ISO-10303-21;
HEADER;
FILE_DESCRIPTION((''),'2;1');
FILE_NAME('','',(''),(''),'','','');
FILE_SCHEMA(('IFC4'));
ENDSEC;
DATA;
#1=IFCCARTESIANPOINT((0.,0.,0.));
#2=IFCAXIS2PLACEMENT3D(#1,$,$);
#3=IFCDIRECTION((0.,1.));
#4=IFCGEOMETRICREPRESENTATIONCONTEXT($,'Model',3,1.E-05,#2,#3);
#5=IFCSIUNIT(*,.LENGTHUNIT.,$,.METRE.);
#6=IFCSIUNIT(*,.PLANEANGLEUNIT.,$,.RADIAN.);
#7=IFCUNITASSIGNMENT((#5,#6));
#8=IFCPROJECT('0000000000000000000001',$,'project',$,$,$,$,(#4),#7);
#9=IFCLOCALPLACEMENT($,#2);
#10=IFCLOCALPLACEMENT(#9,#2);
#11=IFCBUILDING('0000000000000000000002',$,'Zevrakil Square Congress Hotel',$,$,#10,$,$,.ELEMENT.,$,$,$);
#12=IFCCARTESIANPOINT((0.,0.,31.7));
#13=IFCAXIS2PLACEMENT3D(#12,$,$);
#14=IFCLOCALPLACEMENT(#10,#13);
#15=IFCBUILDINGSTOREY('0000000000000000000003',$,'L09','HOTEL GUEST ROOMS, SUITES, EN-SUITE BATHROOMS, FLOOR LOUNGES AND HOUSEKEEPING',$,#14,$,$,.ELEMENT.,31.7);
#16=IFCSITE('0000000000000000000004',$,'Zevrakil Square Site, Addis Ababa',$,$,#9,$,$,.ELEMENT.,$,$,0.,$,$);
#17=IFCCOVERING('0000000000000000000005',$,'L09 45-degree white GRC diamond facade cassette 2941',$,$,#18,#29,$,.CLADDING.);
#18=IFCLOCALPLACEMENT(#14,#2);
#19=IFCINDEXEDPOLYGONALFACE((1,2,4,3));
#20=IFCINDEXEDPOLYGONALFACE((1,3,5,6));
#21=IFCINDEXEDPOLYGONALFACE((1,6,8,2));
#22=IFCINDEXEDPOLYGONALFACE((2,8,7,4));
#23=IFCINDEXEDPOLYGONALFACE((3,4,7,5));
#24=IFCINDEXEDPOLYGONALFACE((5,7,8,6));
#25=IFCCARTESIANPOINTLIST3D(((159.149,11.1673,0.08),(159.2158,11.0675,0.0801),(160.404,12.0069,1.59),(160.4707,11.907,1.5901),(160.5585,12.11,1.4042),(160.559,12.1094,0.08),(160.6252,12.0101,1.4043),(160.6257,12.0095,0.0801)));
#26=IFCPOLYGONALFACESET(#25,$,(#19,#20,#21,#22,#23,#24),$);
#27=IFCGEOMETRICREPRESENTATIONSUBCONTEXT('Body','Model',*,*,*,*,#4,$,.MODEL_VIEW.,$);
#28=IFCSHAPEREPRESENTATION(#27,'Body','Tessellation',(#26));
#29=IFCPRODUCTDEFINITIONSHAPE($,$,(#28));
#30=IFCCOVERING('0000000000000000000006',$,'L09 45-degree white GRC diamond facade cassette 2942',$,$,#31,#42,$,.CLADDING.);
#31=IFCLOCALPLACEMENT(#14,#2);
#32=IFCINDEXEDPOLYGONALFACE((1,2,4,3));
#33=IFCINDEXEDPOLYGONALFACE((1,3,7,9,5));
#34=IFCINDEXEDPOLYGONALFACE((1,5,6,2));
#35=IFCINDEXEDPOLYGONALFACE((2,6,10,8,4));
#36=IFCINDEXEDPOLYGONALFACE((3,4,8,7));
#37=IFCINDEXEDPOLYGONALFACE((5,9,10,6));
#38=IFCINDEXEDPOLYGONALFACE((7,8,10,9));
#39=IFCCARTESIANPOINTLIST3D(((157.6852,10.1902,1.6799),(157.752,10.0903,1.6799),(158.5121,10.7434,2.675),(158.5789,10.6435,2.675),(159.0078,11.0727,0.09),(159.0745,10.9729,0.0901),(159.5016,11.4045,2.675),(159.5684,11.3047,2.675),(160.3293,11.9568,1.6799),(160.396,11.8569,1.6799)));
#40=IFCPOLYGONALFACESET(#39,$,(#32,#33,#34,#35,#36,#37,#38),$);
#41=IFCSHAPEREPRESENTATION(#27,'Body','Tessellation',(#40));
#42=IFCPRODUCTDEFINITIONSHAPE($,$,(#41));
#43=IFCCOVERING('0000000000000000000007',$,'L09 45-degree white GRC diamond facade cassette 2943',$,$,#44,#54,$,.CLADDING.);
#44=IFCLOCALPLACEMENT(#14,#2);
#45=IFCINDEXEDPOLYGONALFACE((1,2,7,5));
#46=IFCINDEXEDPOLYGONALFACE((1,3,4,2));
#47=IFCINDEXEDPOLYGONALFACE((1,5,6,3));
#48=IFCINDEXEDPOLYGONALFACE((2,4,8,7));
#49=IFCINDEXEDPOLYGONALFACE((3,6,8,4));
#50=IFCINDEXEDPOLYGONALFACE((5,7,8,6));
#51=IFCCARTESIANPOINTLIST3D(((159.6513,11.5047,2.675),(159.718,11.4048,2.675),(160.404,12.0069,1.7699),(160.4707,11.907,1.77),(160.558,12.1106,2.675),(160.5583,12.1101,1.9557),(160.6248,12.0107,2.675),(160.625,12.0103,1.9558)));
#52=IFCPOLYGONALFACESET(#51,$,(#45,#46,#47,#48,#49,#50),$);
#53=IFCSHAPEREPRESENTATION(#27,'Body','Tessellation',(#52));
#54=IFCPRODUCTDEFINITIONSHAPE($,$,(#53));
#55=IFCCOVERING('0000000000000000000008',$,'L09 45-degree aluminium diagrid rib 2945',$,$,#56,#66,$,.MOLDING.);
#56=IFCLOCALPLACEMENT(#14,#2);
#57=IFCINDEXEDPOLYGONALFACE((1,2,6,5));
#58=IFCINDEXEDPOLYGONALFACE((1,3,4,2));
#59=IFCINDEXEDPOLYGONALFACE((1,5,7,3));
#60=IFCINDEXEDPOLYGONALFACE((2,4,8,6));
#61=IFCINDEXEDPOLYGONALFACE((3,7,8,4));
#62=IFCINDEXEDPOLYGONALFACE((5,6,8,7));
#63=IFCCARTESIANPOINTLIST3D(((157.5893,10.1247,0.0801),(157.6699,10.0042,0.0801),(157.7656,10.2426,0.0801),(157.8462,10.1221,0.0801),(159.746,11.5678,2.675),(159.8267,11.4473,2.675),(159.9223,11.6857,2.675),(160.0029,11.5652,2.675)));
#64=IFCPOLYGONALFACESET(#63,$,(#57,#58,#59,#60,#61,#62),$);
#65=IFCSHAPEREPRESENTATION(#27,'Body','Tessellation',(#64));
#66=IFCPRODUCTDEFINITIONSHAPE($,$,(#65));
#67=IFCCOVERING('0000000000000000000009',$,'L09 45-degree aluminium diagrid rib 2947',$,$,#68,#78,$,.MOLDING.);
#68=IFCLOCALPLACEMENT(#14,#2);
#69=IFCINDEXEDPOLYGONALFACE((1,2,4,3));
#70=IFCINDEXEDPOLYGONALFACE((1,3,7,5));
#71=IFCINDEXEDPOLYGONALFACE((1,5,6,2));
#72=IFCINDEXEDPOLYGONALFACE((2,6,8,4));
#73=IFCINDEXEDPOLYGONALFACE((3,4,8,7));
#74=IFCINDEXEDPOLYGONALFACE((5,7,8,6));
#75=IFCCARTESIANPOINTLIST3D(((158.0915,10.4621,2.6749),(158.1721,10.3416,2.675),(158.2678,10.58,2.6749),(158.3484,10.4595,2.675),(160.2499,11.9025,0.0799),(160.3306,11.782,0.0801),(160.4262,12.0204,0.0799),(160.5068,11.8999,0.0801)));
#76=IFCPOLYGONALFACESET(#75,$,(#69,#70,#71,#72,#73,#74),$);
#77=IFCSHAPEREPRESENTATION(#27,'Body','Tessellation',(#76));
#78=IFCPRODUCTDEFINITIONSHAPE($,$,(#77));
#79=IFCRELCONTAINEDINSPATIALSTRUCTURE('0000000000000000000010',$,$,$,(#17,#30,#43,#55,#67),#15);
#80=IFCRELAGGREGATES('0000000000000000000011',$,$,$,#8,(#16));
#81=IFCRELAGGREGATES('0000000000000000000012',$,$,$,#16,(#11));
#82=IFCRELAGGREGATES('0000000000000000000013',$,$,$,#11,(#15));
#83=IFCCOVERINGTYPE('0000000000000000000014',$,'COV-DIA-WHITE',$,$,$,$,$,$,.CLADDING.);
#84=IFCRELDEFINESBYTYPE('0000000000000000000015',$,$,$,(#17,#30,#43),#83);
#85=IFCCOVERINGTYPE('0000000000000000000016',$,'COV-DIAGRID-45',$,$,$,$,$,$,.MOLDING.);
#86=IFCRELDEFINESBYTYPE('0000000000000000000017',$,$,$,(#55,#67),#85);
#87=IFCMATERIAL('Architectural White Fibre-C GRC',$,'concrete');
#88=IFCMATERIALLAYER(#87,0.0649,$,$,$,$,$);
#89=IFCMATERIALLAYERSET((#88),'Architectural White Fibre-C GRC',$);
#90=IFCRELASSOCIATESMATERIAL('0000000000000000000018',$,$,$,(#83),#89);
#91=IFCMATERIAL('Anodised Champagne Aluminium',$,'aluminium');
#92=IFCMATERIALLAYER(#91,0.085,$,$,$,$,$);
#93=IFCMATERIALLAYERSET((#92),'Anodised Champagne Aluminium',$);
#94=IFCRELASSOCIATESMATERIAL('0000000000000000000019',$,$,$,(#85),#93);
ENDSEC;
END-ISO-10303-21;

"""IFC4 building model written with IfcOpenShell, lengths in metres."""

from ifc_helpers import new_model, si_unit, direction, frame, origin, place, context, subcontext, project, spatial, polyline, outline, extrude, material, layer, layer_set, type_object, element, save


model = new_model("IFC4")

# Units and contexts
model_context = context("Model", 3, precision=1e-05, world=origin(), true_north=direction((0.0, 1.0)))
body_context = subcontext(model_context, "Body", "Model", "MODEL_VIEW")
ifc_project = project(units=[si_unit("LENGTHUNIT", "METRE"), si_unit("PLANEANGLEUNIT", "RADIAN")], contexts=[model_context])

# Site, building, storey
site_placement = place(None, origin())
site = spatial("IfcSite", under=ifc_project, at=site_placement, Name="Zevrakil Square Site, Addis Ababa", CompositionType="ELEMENT", RefElevation=0.0)
building_placement = place(site_placement, origin())
building = spatial("IfcBuilding", under=site, at=building_placement, Name="Zevrakil Square Congress Hotel", CompositionType="ELEMENT")
storey_placement = place(building_placement, frame((0.0, 0.0, 31.7)))
storey = spatial("IfcBuildingStorey", under=building, at=storey_placement, Name="L09", Description="HOTEL GUEST ROOMS, SUITES, EN-SUITE BATHROOMS, FLOOR LOUNGES AND HOUSEKEEPING", CompositionType="ELEMENT", Elevation=31.7)

# Coverings
ifc_material_1 = material(Name="Architectural White Fibre-C GRC", Category="concrete")
ifc_layer_1 = layer(ifc_material_1, 0.0649)
ifc_layer_set_1 = layer_set([ifc_layer_1], Name="Architectural White Fibre-C GRC")
covering_type_1 = type_object("IfcCoveringType", Name="COV-DIA-WHITE", PredefinedType="CLADDING", material=ifc_layer_set_1)
covering_1_placement = place(storey_placement, frame((160.4707, 11.907, 1.5901), z_axis=(0.555556, -0.831479, 0.000575), x_axis=(0.588082, 0.39244, -0.707213)))
element("IfcCovering", 1, at=covering_1_placement, inside=storey, type_object=covering_type_1, Name="L09 45-degree white GRC diamond facade cassette 2941", PredefinedType="CLADDING", context=body_context, shape_type="SweptSolid", body=[
    extrude(outline(polyline([(0.0, 0.0), (0.2627, 0.0), (1.1993, -0.9361), (0.0004, -2.1354), (0.0, 0.0)])), origin(), (0.0, 0.0, -1.0), 0.1201),
])
covering_2_placement = place(storey_placement, frame((160.396, 11.8569, 1.6799), z_axis=(0.55555, -0.831483, 0.000581), x_axis=(-0.58774, -0.393189, -0.707081)))
element("IfcCovering", 2, at=covering_2_placement, inside=storey, type_object=covering_type_1, Name="L09 45-degree white GRC diamond facade cassette 2942", PredefinedType="CLADDING", context=body_context, shape_type="SweptSolid", body=[
    extrude(outline(polyline([(0.0, 0.0), (2.2485, 0.0), (2.2486, -2.2485), (0.8415, -2.2487), (-0.0001, -1.4072), (0.0, 0.0)])), origin(), (0.0, 0.0, -1.0), 0.1201),
])
covering_3_placement = place(storey_placement, frame((160.4707, 11.907, 1.77), z_axis=(0.555625, -0.831433, 0.000744), x_axis=(-0.588143, -0.392408, 0.70718)))
element("IfcCovering", 3, at=covering_3_placement, inside=storey, type_object=covering_type_1, Name="L09 45-degree white GRC diamond facade cassette 2943", PredefinedType="CLADDING", context=body_context, shape_type="SweptSolid", body=[
    extrude(outline(polyline([(0.0, 0.0), (1.2798, 0.0), (0.5087, -0.7712), (0.0001, -0.2627), (0.0, 0.0)])), origin(), (0.0, 0.0, -1.0), 0.1201),
])
ifc_material_2 = material(Name="Anodised Champagne Aluminium", Category="aluminium")
ifc_layer_2 = layer(ifc_material_2, 0.085)
ifc_layer_set_2 = layer_set([ifc_layer_2], Name="Anodised Champagne Aluminium")
covering_type_2 = type_object("IfcCoveringType", Name="COV-DIAGRID-45", PredefinedType="MOLDING", material=ifc_layer_set_2)
covering_4_placement = place(storey_placement, frame((157.8462, 10.1221, 0.0801), z_axis=(0.556028, -0.831164, 0.0001), x_axis=(-0.831164, -0.556028, 0.0)))
element("IfcCovering", 4, at=covering_4_placement, inside=storey, type_object=covering_type_2, Name="L09 45-degree aluminium diagrid rib 2945", PredefinedType="MOLDING", context=body_context, shape_type="SweptSolid", body=[
    extrude(outline(polyline([(0.0, 0.0), (0.2121, 0.0), (-2.3829, -2.595), (-2.595, -2.595), (0.0, 0.0)])), origin(), (0.0, 0.0, -1.0), 0.145),
])
covering_5_placement = place(storey_placement, frame((158.1721, 10.3416, 2.675), z_axis=(0.556027, -0.831163, 0.001127), x_axis=(0.831164, 0.556028, 0.0)))
element("IfcCovering", 5, at=covering_5_placement, inside=storey, type_object=covering_type_2, Name="L09 45-degree aluminium diagrid rib 2947", PredefinedType="MOLDING", context=body_context, shape_type="SweptSolid", body=[
    extrude(outline(polyline([(0.0, 0.0), (0.2121, 0.0), (2.807, -2.595), (2.5949, -2.595), (0.0, 0.0)])), origin(), (0.0, 0.0, -1.0), 0.145),
])

save(model, "model.ifc")
